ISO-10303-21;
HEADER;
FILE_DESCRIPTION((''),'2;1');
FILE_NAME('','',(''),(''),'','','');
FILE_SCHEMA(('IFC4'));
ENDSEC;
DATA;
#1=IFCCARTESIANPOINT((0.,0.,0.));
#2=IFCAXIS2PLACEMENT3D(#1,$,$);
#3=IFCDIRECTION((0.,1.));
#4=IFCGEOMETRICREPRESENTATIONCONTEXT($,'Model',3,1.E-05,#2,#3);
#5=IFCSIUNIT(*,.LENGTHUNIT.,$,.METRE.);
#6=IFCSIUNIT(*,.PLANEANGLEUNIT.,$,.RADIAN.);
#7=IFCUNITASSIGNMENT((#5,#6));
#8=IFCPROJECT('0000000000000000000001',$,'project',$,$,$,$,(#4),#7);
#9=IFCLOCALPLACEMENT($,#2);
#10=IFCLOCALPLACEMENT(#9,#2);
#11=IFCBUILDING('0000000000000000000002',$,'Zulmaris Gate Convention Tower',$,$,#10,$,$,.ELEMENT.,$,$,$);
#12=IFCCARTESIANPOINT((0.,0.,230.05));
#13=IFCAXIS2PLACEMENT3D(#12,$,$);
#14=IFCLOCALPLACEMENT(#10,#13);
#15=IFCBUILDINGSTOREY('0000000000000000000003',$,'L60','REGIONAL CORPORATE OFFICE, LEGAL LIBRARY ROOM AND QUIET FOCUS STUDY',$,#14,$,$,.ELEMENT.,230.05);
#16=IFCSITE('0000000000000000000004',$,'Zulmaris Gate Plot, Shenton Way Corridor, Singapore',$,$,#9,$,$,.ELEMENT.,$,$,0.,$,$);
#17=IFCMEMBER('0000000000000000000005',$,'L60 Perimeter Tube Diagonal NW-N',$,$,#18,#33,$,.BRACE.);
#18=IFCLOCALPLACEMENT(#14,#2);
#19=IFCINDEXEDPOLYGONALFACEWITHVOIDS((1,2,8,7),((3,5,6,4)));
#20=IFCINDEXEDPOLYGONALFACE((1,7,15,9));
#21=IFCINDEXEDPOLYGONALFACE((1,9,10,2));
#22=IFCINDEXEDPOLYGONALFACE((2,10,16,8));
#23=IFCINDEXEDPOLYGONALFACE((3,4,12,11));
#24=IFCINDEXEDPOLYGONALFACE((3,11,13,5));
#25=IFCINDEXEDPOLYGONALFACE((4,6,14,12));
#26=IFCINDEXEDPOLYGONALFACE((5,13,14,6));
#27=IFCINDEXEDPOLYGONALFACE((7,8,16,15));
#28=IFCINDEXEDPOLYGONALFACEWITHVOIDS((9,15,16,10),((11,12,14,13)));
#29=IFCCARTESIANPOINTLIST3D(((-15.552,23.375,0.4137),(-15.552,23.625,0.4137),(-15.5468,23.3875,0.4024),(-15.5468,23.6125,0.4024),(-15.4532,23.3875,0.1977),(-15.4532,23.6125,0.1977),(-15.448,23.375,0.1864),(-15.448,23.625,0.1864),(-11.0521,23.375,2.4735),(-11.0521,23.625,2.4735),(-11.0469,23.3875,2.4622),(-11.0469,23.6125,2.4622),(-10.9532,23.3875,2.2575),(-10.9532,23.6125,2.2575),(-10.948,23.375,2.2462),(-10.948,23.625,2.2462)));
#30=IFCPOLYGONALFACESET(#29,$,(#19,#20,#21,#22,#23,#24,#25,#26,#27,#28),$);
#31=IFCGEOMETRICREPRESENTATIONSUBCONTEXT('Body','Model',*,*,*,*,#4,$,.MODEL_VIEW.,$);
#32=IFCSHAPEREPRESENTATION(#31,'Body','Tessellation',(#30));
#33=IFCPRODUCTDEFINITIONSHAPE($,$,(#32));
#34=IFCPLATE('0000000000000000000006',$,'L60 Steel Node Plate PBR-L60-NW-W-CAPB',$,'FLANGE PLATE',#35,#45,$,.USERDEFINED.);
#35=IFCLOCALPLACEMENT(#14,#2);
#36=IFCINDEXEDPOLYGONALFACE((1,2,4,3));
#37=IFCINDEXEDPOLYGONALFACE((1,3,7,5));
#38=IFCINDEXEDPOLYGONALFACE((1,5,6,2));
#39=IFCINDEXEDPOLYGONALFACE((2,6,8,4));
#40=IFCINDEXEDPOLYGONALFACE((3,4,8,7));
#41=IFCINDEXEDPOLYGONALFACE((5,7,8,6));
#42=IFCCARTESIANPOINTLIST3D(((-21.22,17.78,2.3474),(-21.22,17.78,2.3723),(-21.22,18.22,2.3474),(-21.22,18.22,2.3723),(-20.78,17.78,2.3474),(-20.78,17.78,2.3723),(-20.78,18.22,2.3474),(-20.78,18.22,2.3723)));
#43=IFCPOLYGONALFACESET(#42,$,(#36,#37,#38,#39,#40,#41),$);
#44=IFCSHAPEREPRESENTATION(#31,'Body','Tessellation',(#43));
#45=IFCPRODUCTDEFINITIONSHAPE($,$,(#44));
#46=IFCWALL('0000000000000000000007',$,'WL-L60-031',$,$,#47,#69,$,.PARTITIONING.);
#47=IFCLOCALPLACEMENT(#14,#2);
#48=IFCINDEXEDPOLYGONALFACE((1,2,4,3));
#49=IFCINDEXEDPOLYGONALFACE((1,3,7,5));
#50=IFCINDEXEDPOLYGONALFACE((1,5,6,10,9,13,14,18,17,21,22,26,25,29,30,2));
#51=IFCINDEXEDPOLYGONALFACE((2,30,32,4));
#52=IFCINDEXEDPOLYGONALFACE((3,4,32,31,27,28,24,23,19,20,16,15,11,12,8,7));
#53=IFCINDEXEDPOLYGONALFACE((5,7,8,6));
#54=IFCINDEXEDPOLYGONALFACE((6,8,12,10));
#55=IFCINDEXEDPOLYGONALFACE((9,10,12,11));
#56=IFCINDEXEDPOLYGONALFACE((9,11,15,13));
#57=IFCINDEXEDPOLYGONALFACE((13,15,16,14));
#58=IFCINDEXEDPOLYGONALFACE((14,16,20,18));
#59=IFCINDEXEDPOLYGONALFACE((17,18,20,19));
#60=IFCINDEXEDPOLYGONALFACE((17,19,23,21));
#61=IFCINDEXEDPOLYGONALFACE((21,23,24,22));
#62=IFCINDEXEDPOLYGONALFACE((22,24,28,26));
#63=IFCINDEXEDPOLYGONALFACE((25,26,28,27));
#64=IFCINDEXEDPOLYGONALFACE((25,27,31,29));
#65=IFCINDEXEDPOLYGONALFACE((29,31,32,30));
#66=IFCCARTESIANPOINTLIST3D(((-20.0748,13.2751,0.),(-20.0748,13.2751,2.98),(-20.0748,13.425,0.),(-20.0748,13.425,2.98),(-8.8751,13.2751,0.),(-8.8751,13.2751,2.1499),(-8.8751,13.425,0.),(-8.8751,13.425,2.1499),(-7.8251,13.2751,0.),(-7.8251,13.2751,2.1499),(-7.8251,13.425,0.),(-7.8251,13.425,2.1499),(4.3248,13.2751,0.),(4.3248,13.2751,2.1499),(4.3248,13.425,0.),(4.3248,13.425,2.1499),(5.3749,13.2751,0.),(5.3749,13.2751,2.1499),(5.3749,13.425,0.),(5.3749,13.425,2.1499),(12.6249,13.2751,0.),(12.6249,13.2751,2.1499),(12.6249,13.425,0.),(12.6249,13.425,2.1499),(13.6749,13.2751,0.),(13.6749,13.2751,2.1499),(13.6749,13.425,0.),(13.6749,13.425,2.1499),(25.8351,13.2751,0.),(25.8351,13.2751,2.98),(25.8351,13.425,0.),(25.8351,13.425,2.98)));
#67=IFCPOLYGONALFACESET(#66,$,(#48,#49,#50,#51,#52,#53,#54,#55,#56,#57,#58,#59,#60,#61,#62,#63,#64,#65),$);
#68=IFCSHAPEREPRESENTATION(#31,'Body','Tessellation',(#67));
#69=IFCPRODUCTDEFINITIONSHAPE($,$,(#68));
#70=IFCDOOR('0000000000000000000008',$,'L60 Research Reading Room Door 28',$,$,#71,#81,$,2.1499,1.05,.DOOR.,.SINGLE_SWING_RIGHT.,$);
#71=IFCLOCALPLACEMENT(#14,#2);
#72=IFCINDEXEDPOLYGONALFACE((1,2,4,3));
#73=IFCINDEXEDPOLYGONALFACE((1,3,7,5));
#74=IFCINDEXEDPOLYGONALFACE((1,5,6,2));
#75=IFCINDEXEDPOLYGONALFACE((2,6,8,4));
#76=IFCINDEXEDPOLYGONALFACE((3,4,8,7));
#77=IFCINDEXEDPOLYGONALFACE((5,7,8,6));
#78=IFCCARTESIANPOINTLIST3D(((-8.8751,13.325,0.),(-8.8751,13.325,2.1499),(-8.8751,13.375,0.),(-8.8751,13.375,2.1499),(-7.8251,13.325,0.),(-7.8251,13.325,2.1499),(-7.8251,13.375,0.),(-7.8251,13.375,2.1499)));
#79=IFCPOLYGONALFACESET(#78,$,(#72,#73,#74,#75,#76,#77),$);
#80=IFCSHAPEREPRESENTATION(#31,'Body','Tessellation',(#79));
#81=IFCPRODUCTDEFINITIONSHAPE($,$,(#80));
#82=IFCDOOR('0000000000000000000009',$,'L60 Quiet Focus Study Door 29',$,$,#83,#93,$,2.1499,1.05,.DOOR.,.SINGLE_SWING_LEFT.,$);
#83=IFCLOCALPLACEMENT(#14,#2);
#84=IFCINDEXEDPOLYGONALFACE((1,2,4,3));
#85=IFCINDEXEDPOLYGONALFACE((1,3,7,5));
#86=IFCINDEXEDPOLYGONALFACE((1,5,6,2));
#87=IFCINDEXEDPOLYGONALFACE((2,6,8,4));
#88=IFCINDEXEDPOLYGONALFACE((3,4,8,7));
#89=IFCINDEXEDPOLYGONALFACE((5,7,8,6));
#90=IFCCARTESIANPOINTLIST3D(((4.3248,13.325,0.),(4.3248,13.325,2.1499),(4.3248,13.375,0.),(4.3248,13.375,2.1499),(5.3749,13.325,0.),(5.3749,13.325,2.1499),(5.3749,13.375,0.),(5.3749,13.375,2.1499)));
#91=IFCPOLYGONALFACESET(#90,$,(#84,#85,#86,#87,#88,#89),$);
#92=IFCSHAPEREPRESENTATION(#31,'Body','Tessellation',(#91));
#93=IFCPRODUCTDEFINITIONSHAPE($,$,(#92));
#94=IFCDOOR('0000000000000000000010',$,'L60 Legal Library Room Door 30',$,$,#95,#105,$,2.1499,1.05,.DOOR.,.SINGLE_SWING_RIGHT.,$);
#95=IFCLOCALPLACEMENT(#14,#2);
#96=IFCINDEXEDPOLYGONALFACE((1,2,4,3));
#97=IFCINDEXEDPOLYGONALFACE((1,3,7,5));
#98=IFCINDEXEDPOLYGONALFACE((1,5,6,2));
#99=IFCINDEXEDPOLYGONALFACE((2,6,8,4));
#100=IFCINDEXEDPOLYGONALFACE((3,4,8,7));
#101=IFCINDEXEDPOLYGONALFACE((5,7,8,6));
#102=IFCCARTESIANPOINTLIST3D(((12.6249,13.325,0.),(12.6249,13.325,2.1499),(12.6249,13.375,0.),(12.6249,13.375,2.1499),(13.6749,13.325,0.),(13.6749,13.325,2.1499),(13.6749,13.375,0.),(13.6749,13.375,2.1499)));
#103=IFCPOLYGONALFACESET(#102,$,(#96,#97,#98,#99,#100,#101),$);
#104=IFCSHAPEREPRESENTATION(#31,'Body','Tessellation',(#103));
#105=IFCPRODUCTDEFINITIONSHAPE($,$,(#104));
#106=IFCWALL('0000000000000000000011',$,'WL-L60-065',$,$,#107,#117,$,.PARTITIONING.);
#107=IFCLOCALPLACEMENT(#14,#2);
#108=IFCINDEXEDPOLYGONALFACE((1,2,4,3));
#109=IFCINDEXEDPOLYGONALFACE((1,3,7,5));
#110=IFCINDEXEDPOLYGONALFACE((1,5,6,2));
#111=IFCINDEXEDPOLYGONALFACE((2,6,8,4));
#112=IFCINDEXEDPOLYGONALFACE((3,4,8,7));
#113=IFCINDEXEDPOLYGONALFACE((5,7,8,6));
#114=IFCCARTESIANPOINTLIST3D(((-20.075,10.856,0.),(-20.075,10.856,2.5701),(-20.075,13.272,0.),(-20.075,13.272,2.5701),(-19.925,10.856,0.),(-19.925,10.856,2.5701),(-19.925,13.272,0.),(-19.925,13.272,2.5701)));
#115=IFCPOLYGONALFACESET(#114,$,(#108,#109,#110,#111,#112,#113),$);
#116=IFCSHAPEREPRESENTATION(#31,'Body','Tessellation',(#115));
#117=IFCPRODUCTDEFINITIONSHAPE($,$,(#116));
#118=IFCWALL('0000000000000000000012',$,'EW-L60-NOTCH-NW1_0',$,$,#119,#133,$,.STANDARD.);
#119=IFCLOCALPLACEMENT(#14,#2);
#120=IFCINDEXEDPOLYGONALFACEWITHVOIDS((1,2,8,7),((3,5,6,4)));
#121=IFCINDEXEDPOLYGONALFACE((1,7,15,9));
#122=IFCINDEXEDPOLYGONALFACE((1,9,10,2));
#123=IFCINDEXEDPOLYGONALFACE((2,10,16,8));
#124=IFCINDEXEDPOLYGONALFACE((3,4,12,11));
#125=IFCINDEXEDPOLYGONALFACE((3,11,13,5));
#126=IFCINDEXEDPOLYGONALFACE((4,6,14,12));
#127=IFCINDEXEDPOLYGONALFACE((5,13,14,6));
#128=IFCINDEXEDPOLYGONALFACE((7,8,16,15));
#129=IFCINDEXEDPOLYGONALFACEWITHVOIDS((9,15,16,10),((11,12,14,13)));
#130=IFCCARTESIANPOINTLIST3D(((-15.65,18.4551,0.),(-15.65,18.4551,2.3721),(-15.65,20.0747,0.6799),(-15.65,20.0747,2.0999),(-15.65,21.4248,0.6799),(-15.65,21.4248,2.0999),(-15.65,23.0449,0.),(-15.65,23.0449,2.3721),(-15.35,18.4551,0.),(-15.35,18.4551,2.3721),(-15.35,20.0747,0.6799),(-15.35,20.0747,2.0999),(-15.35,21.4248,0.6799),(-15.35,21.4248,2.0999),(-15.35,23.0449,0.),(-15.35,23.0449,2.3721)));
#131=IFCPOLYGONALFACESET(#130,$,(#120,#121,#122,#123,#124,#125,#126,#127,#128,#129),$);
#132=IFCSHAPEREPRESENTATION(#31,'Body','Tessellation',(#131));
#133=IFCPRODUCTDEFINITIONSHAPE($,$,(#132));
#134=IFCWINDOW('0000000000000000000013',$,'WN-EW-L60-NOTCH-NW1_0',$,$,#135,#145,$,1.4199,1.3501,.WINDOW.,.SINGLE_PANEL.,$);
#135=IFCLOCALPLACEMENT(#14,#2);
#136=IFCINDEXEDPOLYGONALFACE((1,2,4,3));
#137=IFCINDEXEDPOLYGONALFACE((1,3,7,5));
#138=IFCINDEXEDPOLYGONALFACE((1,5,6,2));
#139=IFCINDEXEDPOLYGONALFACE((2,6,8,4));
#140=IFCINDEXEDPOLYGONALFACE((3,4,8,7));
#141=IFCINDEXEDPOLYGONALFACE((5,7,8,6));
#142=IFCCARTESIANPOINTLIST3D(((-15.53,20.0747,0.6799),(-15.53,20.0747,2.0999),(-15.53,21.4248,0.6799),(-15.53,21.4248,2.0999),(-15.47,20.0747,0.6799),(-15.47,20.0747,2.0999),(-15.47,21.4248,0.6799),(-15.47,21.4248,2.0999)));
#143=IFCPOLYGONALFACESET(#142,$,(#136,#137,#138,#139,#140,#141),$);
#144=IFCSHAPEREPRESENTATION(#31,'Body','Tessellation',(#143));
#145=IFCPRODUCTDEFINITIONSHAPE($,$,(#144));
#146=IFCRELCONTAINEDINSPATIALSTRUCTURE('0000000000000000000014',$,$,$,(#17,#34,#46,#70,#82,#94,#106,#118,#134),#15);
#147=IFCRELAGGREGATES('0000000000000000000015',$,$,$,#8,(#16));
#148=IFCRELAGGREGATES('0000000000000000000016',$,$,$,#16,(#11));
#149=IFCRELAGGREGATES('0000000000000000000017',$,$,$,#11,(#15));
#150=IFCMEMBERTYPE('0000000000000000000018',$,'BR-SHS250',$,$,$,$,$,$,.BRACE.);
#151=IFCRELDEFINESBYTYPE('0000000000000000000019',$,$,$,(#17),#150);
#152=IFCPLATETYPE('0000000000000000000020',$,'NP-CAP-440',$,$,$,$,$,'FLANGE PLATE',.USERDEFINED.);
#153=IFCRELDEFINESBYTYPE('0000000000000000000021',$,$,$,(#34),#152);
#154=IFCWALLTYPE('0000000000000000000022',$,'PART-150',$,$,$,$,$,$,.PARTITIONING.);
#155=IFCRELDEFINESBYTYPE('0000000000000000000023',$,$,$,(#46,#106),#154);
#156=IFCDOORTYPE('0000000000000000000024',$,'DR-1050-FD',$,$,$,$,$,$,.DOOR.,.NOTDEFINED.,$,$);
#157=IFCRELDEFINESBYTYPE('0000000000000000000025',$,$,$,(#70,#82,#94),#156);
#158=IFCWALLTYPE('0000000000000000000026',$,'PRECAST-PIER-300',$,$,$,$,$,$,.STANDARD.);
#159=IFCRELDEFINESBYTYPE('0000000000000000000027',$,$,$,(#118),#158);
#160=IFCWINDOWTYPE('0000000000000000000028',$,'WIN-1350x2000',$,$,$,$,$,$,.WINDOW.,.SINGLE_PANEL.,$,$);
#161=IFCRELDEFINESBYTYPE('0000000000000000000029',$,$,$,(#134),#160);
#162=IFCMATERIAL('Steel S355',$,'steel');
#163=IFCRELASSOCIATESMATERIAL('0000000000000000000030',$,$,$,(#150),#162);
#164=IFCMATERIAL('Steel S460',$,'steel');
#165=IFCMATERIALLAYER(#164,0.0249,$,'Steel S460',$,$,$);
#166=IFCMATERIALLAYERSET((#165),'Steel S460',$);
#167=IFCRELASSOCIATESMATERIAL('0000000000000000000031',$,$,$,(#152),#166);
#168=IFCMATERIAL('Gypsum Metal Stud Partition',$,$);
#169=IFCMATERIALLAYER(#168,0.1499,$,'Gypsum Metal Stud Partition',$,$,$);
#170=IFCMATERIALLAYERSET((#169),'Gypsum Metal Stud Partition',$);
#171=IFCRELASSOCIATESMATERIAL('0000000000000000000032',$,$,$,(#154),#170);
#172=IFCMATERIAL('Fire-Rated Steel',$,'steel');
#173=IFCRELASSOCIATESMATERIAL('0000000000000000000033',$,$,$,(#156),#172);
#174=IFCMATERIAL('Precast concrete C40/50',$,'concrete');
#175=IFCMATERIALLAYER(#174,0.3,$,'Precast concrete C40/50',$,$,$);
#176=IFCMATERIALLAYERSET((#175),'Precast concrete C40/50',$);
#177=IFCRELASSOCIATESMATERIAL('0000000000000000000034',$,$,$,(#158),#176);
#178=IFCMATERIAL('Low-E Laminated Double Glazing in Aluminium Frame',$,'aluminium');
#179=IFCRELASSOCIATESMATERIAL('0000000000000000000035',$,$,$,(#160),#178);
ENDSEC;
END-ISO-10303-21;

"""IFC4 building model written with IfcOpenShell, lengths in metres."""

from ifc_helpers import new_model, si_unit, direction, frame, frame_2d, origin, origin_2d, place, context, subcontext, project, spatial, rectangle, hollow_rectangle, extrude, material, layer, layer_set, material_profile, profile_set, type_object, element, fill, save


model = new_model("IFC4")

# Units and contexts
model_context = context("Model", 3, precision=1e-05, world=origin(), true_north=direction((0.0, 1.0)))
body_context = subcontext(model_context, "Body", "Model", "MODEL_VIEW")
ifc_project = project(units=[si_unit("LENGTHUNIT", "METRE"), si_unit("PLANEANGLEUNIT", "RADIAN")], contexts=[model_context])

# Site, building, storey
site_placement = place(None, origin())
site = spatial("IfcSite", under=ifc_project, at=site_placement, Name="Zulmaris Gate Plot, Shenton Way Corridor, Singapore", CompositionType="ELEMENT", RefElevation=0.0)
building_placement = place(site_placement, origin())
building = spatial("IfcBuilding", under=site, at=building_placement, Name="Zulmaris Gate Convention Tower", CompositionType="ELEMENT")
storey_placement = place(building_placement, frame((0.0, 0.0, 230.05)))
storey = spatial("IfcBuildingStorey", under=building, at=storey_placement, Name="L60", Description="REGIONAL CORPORATE OFFICE, LEGAL LIBRARY ROOM AND QUIET FOCUS STUDY", CompositionType="ELEMENT", Elevation=230.05)

# Shared definitions
ifc_material_1 = material(Name="Steel S355", Category="steel")

# Member
ifc_material_profile_1 = material_profile(ifc_material_1, hollow_rectangle(XDim=0.25, YDim=0.25, WallThickness=0.0125, at=origin_2d()), Name="SHS 250x250x12.5")
ifc_profile_set_1 = profile_set([ifc_material_profile_1], Name="Steel S355")
member_type = type_object("IfcMemberType", Name="BR-SHS250", PredefinedType="BRACE", material=ifc_profile_set_1)
member_placement = place(storey_placement, frame((-15.5, 23.5, 0.3), z_axis=(0.90927, 0.0, 0.416206), x_axis=(0.0, 1.0, 0.0)))
element("IfcMember", 1, at=member_placement, inside=storey, type_object=member_type, Name="L60 Perimeter Tube Diagonal NW-N", PredefinedType="BRACE", context=body_context, shape_type="SweptSolid", body=[
    extrude(hollow_rectangle(XDim=0.25, YDim=0.25, WallThickness=0.0125, at=origin_2d()), origin(), (0.0, 0.0, 1.0), 4.949),
])

# Plate
ifc_material_2 = material(Name="Steel S460", Category="steel")
ifc_layer_1 = layer(ifc_material_2, 0.0249, Name="Steel S460")
ifc_layer_set_1 = layer_set([ifc_layer_1], Name="Steel S460")
plate_type = type_object("IfcPlateType", Name="NP-CAP-440", ElementType="FLANGE PLATE", PredefinedType="USERDEFINED", material=ifc_layer_set_1)
plate_placement = place(storey_placement, frame((-21.0, 18.0, 2.3474), z_axis=(0.0, 0.0, 1.0), x_axis=(1.0, 0.0, 0.0)))
element("IfcPlate", 2, at=plate_placement, inside=storey, type_object=plate_type, Name="L60 Steel Node Plate PBR-L60-NW-W-CAPB", ObjectType="FLANGE PLATE", PredefinedType="USERDEFINED", context=body_context, shape_type="SweptSolid", body=[
    extrude(rectangle(XDim=0.4399, YDim=0.4399, at=origin_2d()), origin(), (0.0, 0.0, 1.0), 0.0249),
])

# Shared definitions
ifc_material_3 = material(Name="Fire-Rated Steel", Category="steel")

# Wall, openings, doors
ifc_material_4 = material(Name="Gypsum Metal Stud Partition")
ifc_layer_2 = layer(ifc_material_4, 0.1499, Name="Gypsum Metal Stud Partition")
ifc_layer_set_2 = layer_set([ifc_layer_2], Name="Gypsum Metal Stud Partition")
wall_type_1 = type_object("IfcWallType", Name="PART-150", PredefinedType="PARTITIONING", material=ifc_layer_set_2)
wall_1_placement = place(storey_placement, frame((-20.075, 13.3501, 0.0), z_axis=(0.0, 0.0, 1.0), x_axis=(1.0, 0.0, 0.0)))
wall_1 = element("IfcWall", 3, at=wall_1_placement, inside=storey, type_object=wall_type_1, Name="WL-L60-031", PredefinedType="PARTITIONING", context=body_context, shape_type="SweptSolid", body=[
    extrude(rectangle(XDim=45.9099, YDim=0.1499, at=frame_2d((22.9551, 0.0))), origin(), (0.0, 0.0, 1.0), 2.98),
])
opening_1_placement = place(wall_1_placement, frame((11.2, 0.0, 0.0)))
opening_1 = element("IfcOpeningElement", 4, at=opening_1_placement, cuts=wall_1, PredefinedType="OPENING", context=body_context, shape_type="SweptSolid", body=[
    extrude(rectangle(XDim=1.05, YDim=2.1499, at=frame_2d((0.5249, 1.075))), frame((0.0, 0.085, 0.0), z_axis=(0.0, -1.0, 0.0), x_axis=(1.0, 0.0, 0.0)), (0.0, 0.0, 1.0), 0.1699),
])
opening_2_placement = place(wall_1_placement, frame((24.3999, 0.0, 0.0)))
opening_2 = element("IfcOpeningElement", 5, at=opening_2_placement, cuts=wall_1, PredefinedType="OPENING", context=body_context, shape_type="SweptSolid", body=[
    extrude(rectangle(XDim=1.05, YDim=2.1499, at=frame_2d((0.5249, 1.075))), frame((0.0, 0.085, 0.0), z_axis=(0.0, -1.0, 0.0), x_axis=(1.0, 0.0, 0.0)), (0.0, 0.0, 1.0), 0.1699),
])
opening_3_placement = place(wall_1_placement, frame((32.7, 0.0, 0.0)))
opening_3 = element("IfcOpeningElement", 6, at=opening_3_placement, cuts=wall_1, PredefinedType="OPENING", context=body_context, shape_type="SweptSolid", body=[
    extrude(rectangle(XDim=1.05, YDim=2.1499, at=frame_2d((0.5249, 1.075))), frame((0.0, 0.085, 0.0), z_axis=(0.0, -1.0, 0.0), x_axis=(1.0, 0.0, 0.0)), (0.0, 0.0, 1.0), 0.1699),
])
door_type_1 = type_object("IfcDoorType", Name="DR-1050-FD", OperationType="NOTDEFINED", PredefinedType="DOOR", material=ifc_material_3)
door_1_placement = place(opening_1_placement, origin())
door_1 = element("IfcDoor", 7, at=door_1_placement, inside=storey, type_object=door_type_1, Name="L60 Research Reading Room Door 28", OperationType="SINGLE_SWING_RIGHT", OverallHeight=2.1499, OverallWidth=1.05, PredefinedType="DOOR", context=body_context, shape_type="SweptSolid", body=[
    extrude(rectangle(XDim=1.05, YDim=2.1499, at=frame_2d((0.5249, 1.075))), frame((0.0, 0.0249, 0.0), z_axis=(0.0, -1.0, 0.0), x_axis=(1.0, 0.0, 0.0)), (0.0, 0.0, 1.0), 0.05),
])
fill(opening_1, door_1)
door_2_placement = place(opening_2_placement, origin())
door_2 = element("IfcDoor", 8, at=door_2_placement, inside=storey, type_object=door_type_1, Name="L60 Quiet Focus Study Door 29", OperationType="SINGLE_SWING_LEFT", OverallHeight=2.1499, OverallWidth=1.05, PredefinedType="DOOR", context=body_context, shape_type="SweptSolid", body=[
    extrude(rectangle(XDim=1.05, YDim=2.1499, at=frame_2d((0.5249, 1.075))), frame((0.0, 0.0249, 0.0), z_axis=(0.0, -1.0, 0.0), x_axis=(1.0, 0.0, 0.0)), (0.0, 0.0, 1.0), 0.05),
])
fill(opening_2, door_2)
door_3_placement = place(opening_3_placement, origin())
door_3 = element("IfcDoor", 9, at=door_3_placement, inside=storey, type_object=door_type_1, Name="L60 Legal Library Room Door 30", OperationType="SINGLE_SWING_RIGHT", OverallHeight=2.1499, OverallWidth=1.05, PredefinedType="DOOR", context=body_context, shape_type="SweptSolid", body=[
    extrude(rectangle(XDim=1.05, YDim=2.1499, at=frame_2d((0.5249, 1.075))), frame((0.0, 0.0249, 0.0), z_axis=(0.0, -1.0, 0.0), x_axis=(1.0, 0.0, 0.0)), (0.0, 0.0, 1.0), 0.05),
])
fill(opening_3, door_3)

# Wall
wall_2_placement = place(storey_placement, frame((-20.0, 10.856, 0.0), z_axis=(0.0, 0.0, 1.0), x_axis=(0.0, 1.0, 0.0)))
element("IfcWall", 10, at=wall_2_placement, inside=storey, type_object=wall_type_1, Name="WL-L60-065", PredefinedType="PARTITIONING", context=body_context, shape_type="SweptSolid", body=[
    extrude(rectangle(XDim=2.416, YDim=0.1499, at=frame_2d((1.208, 0.0))), origin(), (0.0, 0.0, 1.0), 2.5701),
])

# Wall, opening, window
ifc_material_5 = material(Name="Precast concrete C40/50", Category="concrete")
ifc_layer_3 = layer(ifc_material_5, 0.3, Name="Precast concrete C40/50")
ifc_layer_set_3 = layer_set([ifc_layer_3], Name="Precast concrete C40/50")
wall_type_2 = type_object("IfcWallType", Name="PRECAST-PIER-300", PredefinedType="STANDARD", material=ifc_layer_set_3)
wall_3_placement = place(storey_placement, frame((-15.5, 23.0449, 0.0), z_axis=(0.0, 0.0, 1.0), x_axis=(0.0, -1.0, 0.0)))
wall_3 = element("IfcWall", 11, at=wall_3_placement, inside=storey, type_object=wall_type_2, Name="EW-L60-NOTCH-NW1_0", PredefinedType="STANDARD", context=body_context, shape_type="SweptSolid", body=[
    extrude(rectangle(XDim=4.5898, YDim=0.3, at=frame_2d((2.2949, 0.0))), origin(), (0.0, 0.0, 1.0), 2.3721),
])
opening_4_placement = place(wall_3_placement, frame((1.6201, 0.0, 0.6799)))
opening_4 = element("IfcOpeningElement", 12, at=opening_4_placement, cuts=wall_3, PredefinedType="OPENING", context=body_context, shape_type="SweptSolid", body=[
    extrude(rectangle(XDim=1.3501, YDim=1.4199, at=frame_2d((0.675, 0.71))), frame((0.0, 0.1602, 0.0), z_axis=(0.0, -1.0, 0.0), x_axis=(1.0, 0.0, 0.0)), (0.0, 0.0, 1.0), 0.3201),
])
ifc_material_6 = material(Name="Low-E Laminated Double Glazing in Aluminium Frame", Category="aluminium")
window_type = type_object("IfcWindowType", Name="WIN-1350x2000", PartitioningType="SINGLE_PANEL", PredefinedType="WINDOW", material=ifc_material_6)
window_1_placement = place(opening_4_placement, origin())
window_1 = element("IfcWindow", 13, at=window_1_placement, inside=storey, type_object=window_type, Name="WN-EW-L60-NOTCH-NW1_0", OverallHeight=1.4199, OverallWidth=1.3501, PartitioningType="SINGLE_PANEL", PredefinedType="WINDOW", context=body_context, shape_type="SweptSolid", body=[
    extrude(rectangle(XDim=1.3501, YDim=1.4199, at=frame_2d((0.675, 0.71))), frame((0.0, 0.03, 0.0), z_axis=(0.0, -1.0, 0.0), x_axis=(1.0, 0.0, 0.0)), (0.0, 0.0, 1.0), 0.0601),
])
fill(opening_4, window_1)

save(model, "model.ifc")
